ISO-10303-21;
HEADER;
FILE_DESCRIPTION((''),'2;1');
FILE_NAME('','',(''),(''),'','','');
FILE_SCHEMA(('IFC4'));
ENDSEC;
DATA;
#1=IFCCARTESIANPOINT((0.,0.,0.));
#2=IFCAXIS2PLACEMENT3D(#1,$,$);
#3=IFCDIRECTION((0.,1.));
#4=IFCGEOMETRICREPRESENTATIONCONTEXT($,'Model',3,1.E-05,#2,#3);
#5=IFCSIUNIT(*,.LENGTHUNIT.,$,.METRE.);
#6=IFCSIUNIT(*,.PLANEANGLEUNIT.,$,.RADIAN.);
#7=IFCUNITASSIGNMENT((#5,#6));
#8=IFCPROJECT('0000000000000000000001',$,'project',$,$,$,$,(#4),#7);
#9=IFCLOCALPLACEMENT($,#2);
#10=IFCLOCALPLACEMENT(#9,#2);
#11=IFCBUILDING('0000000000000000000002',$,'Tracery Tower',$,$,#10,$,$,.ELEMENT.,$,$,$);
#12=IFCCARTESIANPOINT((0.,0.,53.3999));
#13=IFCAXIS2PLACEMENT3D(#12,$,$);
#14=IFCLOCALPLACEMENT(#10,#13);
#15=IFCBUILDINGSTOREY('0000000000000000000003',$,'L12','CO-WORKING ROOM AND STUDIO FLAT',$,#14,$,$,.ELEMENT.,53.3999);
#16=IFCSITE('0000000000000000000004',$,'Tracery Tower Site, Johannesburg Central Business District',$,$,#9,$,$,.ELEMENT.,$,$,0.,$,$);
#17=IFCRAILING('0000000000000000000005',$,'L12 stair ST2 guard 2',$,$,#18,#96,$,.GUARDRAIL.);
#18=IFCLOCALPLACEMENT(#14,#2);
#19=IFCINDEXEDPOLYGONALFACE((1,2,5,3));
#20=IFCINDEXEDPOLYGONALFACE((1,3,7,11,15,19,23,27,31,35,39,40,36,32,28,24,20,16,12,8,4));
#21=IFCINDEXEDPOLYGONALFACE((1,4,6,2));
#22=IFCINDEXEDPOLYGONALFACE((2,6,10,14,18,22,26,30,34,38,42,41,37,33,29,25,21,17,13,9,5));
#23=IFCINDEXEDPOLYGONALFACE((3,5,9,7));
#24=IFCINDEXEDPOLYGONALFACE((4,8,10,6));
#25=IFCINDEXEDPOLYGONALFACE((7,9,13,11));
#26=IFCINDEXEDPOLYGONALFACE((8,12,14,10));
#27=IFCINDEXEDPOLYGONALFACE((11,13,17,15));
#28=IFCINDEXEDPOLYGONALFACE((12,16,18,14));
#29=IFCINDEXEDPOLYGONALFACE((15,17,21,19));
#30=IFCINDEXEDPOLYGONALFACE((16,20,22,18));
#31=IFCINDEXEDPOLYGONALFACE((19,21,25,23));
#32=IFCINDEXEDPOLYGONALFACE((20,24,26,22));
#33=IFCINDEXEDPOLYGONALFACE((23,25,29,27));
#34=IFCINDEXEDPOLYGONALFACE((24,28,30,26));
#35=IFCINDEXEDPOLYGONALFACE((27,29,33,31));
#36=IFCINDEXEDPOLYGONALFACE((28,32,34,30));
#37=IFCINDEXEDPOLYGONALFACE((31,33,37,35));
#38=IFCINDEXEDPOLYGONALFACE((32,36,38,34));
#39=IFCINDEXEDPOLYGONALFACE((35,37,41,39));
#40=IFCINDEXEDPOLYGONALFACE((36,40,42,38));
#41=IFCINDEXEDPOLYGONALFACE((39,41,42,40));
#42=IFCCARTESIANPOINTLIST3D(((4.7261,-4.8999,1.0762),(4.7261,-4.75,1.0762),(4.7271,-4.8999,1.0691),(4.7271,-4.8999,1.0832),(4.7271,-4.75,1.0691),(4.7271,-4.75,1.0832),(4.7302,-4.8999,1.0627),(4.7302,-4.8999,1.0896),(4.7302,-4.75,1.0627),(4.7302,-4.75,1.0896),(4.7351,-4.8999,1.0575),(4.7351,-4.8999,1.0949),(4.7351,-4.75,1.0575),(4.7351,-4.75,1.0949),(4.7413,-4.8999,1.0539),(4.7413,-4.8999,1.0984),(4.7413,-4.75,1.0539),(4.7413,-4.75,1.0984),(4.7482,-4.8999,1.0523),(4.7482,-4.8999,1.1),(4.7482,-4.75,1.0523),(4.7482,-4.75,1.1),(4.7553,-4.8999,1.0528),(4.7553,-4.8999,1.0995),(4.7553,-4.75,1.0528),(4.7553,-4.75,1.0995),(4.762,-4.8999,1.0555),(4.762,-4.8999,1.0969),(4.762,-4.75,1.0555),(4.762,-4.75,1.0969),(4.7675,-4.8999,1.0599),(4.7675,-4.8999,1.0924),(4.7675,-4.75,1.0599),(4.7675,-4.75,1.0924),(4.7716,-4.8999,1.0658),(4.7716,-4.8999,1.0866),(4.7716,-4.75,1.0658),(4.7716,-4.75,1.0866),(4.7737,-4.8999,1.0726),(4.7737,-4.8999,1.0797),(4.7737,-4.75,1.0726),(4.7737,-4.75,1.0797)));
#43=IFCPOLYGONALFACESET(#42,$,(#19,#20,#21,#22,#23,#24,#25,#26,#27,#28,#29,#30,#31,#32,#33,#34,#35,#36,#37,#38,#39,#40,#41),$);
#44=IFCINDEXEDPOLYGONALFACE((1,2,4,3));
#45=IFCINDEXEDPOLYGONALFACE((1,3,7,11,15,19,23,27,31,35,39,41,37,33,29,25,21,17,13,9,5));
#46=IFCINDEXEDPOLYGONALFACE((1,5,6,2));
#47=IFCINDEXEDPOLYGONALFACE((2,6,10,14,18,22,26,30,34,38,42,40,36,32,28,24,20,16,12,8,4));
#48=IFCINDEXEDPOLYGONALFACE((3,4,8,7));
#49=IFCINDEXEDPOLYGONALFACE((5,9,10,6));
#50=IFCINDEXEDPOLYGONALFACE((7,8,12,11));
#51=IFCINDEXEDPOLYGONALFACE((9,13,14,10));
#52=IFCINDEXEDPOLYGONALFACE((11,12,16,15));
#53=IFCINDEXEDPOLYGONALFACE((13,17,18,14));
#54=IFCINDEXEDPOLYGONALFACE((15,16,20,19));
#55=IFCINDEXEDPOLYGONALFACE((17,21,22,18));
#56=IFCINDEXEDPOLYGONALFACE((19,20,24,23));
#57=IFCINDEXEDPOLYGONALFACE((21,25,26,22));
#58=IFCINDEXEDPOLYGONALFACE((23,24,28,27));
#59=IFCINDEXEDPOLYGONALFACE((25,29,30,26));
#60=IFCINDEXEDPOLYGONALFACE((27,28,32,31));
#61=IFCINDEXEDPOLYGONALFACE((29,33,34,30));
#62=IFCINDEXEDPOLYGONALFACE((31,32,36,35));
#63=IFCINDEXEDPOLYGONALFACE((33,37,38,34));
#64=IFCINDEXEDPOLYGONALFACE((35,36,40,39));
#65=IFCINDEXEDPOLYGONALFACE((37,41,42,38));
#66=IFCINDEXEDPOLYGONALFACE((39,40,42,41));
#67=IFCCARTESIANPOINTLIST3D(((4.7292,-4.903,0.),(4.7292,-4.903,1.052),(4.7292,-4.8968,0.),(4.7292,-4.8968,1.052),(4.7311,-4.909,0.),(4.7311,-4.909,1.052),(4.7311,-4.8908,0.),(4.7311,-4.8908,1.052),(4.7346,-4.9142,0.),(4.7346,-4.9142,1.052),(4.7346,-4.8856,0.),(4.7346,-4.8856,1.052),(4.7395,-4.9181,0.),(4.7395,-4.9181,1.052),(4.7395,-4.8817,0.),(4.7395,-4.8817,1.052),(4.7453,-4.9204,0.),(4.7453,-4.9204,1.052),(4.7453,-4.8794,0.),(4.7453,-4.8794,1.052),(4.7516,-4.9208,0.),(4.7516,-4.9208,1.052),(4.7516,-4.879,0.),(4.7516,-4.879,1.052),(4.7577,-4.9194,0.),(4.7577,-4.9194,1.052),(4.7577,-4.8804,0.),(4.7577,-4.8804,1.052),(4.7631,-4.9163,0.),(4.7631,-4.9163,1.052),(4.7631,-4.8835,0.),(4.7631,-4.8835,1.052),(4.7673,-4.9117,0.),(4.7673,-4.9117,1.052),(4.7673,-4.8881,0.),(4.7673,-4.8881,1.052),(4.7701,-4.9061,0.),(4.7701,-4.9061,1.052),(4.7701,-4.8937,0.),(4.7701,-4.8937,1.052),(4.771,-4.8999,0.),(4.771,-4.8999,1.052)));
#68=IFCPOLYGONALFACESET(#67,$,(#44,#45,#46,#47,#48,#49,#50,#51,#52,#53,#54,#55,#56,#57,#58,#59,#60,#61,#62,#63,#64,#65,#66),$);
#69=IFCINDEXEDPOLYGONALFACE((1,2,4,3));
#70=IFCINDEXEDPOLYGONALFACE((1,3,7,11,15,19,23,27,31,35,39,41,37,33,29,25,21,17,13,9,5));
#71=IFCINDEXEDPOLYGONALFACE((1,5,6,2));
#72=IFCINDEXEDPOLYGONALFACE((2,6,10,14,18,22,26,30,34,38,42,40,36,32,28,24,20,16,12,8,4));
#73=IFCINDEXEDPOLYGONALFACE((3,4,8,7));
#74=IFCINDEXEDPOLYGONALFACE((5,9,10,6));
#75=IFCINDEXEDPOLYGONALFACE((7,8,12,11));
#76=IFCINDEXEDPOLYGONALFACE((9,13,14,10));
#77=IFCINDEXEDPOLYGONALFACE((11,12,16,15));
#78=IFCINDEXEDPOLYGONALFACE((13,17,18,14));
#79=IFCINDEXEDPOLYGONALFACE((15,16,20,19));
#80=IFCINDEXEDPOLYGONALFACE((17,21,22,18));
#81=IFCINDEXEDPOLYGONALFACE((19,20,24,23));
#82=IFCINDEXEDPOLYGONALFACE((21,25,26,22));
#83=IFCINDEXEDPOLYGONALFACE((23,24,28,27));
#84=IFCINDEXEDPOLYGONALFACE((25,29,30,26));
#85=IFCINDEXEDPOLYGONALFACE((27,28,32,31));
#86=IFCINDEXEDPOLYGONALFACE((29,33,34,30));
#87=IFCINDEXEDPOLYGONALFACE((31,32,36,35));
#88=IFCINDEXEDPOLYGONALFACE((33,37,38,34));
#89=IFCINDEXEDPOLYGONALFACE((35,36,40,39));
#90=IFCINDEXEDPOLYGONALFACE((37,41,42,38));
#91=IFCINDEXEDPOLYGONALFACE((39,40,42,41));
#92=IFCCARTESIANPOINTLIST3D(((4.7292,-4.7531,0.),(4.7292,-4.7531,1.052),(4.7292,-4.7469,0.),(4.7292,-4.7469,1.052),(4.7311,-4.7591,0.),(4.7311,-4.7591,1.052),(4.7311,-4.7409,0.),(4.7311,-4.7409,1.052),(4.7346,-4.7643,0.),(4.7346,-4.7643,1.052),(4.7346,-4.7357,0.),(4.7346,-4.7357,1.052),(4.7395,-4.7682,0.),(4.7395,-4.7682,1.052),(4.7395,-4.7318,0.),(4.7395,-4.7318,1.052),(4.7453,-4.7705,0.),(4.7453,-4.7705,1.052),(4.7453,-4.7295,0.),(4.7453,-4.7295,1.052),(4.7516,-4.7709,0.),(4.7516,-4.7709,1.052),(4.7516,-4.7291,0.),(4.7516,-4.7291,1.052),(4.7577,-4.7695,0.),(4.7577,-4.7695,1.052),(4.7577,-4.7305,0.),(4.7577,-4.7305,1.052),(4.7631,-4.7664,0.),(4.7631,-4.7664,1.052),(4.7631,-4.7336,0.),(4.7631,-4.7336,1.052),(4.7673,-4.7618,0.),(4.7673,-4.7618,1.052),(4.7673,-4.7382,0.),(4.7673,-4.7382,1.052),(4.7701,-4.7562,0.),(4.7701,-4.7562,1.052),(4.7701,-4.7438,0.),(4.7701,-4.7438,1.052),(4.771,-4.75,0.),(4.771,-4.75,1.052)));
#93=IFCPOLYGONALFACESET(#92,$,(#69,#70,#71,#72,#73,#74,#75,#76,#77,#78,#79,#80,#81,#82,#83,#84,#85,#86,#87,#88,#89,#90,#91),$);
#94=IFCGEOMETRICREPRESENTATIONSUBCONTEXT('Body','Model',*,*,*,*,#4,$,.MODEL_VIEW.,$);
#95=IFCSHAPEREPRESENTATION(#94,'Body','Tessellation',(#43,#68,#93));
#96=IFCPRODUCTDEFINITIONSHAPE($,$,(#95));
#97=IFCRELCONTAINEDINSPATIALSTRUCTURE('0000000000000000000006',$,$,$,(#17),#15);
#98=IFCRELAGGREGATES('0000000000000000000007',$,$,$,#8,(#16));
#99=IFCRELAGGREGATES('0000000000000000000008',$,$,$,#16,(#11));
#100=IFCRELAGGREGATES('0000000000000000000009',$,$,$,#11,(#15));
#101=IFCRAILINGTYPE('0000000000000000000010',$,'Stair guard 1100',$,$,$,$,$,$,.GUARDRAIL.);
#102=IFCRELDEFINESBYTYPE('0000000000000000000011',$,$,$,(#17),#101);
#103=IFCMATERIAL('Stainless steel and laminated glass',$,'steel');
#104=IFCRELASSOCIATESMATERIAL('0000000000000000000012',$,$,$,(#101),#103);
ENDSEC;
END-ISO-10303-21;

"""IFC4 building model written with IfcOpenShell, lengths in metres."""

from ifc_helpers import new_model, si_unit, direction, frame, origin, origin_2d, place, context, subcontext, project, spatial, circle, extrude, material, type_object, element, save


model = new_model("IFC4")

# Units and contexts
model_context = context("Model", 3, precision=1e-05, world=origin(), true_north=direction((0.0, 1.0)))
body_context = subcontext(model_context, "Body", "Model", "MODEL_VIEW")
ifc_project = project(units=[si_unit("LENGTHUNIT", "METRE"), si_unit("PLANEANGLEUNIT", "RADIAN")], contexts=[model_context])

# Site, building, storey
site_placement = place(None, origin())
site = spatial("IfcSite", under=ifc_project, at=site_placement, Name="Tracery Tower Site, Johannesburg Central Business District", CompositionType="ELEMENT", RefElevation=0.0)
building_placement = place(site_placement, origin())
building = spatial("IfcBuilding", under=site, at=building_placement, Name="Tracery Tower", CompositionType="ELEMENT")
storey_placement = place(building_placement, frame((0.0, 0.0, 53.3999)))
storey = spatial("IfcBuildingStorey", under=building, at=storey_placement, Name="L12", Description="CO-WORKING ROOM AND STUDIO FLAT", CompositionType="ELEMENT", Elevation=53.3999)

# Railing
ifc_material_1 = material(Name="Stainless steel and laminated glass", Category="steel")
railing_type_1 = type_object("IfcRailingType", Name="Stair guard 1100", PredefinedType="GUARDRAIL", material=ifc_material_1)
railing_1_placement = place(storey_placement, frame((4.75, -4.8999, 0.0)))
element("IfcRailing", 1, at=railing_1_placement, inside=storey, type_object=railing_type_1, Name="L12 stair ST2 guard 2", PredefinedType="GUARDRAIL", context=body_context, shape_type="SweptSolid", body=[
    extrude(circle(Radius=0.0239, at=origin_2d()), frame((0.0, 0.0, 1.0762), z_axis=(0.0, 1.0, 0.0), x_axis=(-1.0, 0.0, 0.0)), (0.0, 0.0, 1.0), 0.1499),
    extrude(circle(Radius=0.021, at=origin_2d()), origin(), (0.0, 0.0, 1.0), 1.052),
    extrude(circle(Radius=0.021, at=origin_2d()), frame((0.0, 0.1499, 0.0)), (0.0, 0.0, 1.0), 1.052),
])

save(model, "model.ifc")
